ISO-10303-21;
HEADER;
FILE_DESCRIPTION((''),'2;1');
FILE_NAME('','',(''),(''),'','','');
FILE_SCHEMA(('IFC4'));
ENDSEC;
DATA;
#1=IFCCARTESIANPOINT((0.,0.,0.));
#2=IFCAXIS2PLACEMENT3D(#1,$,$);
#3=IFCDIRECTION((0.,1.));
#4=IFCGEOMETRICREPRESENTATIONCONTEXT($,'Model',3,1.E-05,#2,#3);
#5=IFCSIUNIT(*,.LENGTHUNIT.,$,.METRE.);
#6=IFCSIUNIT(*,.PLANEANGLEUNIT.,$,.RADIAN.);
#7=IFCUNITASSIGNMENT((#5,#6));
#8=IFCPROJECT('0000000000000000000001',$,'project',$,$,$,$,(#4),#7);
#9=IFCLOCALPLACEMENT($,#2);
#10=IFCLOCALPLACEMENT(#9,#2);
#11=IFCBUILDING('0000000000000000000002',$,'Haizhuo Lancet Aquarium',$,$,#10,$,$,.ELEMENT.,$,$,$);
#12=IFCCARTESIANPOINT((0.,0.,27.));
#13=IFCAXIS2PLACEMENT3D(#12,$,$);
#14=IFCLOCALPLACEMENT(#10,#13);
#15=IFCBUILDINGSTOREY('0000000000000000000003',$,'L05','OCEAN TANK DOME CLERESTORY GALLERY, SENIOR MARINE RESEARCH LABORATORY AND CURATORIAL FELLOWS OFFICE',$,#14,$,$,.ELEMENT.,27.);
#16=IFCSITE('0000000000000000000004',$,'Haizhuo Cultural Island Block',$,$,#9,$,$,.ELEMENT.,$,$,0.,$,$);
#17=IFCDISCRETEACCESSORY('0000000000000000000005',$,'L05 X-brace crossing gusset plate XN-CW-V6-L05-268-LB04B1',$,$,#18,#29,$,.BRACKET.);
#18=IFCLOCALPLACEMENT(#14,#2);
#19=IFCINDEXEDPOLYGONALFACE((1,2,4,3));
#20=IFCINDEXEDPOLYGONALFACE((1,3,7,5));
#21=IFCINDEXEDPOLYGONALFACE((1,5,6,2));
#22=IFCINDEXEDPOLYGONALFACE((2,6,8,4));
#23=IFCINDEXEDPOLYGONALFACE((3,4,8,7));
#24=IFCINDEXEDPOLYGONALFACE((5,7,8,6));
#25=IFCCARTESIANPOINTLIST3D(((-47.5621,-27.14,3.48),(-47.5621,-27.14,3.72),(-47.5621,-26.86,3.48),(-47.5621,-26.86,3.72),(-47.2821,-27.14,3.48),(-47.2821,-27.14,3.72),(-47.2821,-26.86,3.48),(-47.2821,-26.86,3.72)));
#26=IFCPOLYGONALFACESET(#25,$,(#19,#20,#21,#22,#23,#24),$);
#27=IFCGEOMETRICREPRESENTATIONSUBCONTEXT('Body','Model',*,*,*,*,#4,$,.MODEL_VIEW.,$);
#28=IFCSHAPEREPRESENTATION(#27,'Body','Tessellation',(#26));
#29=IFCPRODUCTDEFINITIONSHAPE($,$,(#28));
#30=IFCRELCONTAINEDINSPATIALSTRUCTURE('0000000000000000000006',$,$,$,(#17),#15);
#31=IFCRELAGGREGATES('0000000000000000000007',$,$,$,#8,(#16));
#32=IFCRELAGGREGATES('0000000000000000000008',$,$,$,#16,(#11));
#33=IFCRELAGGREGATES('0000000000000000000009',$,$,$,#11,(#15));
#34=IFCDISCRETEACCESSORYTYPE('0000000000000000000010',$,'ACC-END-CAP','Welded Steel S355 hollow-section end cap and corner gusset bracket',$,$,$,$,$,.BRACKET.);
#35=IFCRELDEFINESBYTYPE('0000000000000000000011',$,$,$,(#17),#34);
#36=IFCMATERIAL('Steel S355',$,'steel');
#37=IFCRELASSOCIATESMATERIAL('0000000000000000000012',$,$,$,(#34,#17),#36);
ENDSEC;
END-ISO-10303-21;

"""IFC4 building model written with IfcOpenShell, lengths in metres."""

from ifc_helpers import new_model, si_unit, direction, frame, origin, origin_2d, place, context, subcontext, project, spatial, rectangle, extrude, material, type_object, element, save


model = new_model("IFC4")

# Units and contexts
model_context = context("Model", 3, precision=1e-05, world=origin(), true_north=direction((0.0, 1.0)))
body_context = subcontext(model_context, "Body", "Model", "MODEL_VIEW")
ifc_project = project(units=[si_unit("LENGTHUNIT", "METRE"), si_unit("PLANEANGLEUNIT", "RADIAN")], contexts=[model_context])

# Site, building, storey
site_placement = place(None, origin())
site = spatial("IfcSite", under=ifc_project, at=site_placement, Name="Haizhuo Cultural Island Block", CompositionType="ELEMENT", RefElevation=0.0)
building_placement = place(site_placement, origin())
building = spatial("IfcBuilding", under=site, at=building_placement, Name="Haizhuo Lancet Aquarium", CompositionType="ELEMENT")
storey_placement = place(building_placement, frame((0.0, 0.0, 27.0)))
storey = spatial("IfcBuildingStorey", under=building, at=storey_placement, Name="L05", Description="OCEAN TANK DOME CLERESTORY GALLERY, SENIOR MARINE RESEARCH LABORATORY AND CURATORIAL FELLOWS OFFICE", CompositionType="ELEMENT", Elevation=27.0)

# Shared definitions
ifc_material_1 = material(Name="Steel S355", Category="steel")

# Discrete accessory
discrete_accessory_type = type_object("IfcDiscreteAccessoryType", Name="ACC-END-CAP", Description="Welded Steel S355 hollow-section end cap and corner gusset bracket", PredefinedType="BRACKET", material=ifc_material_1)
for number, where, z_axis, x_axis, name in (
    (1, (-47.4221, -27.0, 3.48), (0.0, 0.0, 1.0), (1.0, 0.0, 0.0), "L05 X-brace crossing gusset plate XN-CW-V6-L05-268-LB04B1"),
):
    element("IfcDiscreteAccessory", number, at=place(storey_placement, frame(where, z_axis=z_axis, x_axis=x_axis)), inside=storey, type_object=discrete_accessory_type, material=ifc_material_1, Name=name, PredefinedType="BRACKET", context=body_context, shape_type="SweptSolid", body=[
        extrude(rectangle(XDim=0.28, YDim=0.28, at=origin_2d()), origin(), (0.0, 0.0, 1.0), 0.24),
    ])

save(model, "model.ifc")
